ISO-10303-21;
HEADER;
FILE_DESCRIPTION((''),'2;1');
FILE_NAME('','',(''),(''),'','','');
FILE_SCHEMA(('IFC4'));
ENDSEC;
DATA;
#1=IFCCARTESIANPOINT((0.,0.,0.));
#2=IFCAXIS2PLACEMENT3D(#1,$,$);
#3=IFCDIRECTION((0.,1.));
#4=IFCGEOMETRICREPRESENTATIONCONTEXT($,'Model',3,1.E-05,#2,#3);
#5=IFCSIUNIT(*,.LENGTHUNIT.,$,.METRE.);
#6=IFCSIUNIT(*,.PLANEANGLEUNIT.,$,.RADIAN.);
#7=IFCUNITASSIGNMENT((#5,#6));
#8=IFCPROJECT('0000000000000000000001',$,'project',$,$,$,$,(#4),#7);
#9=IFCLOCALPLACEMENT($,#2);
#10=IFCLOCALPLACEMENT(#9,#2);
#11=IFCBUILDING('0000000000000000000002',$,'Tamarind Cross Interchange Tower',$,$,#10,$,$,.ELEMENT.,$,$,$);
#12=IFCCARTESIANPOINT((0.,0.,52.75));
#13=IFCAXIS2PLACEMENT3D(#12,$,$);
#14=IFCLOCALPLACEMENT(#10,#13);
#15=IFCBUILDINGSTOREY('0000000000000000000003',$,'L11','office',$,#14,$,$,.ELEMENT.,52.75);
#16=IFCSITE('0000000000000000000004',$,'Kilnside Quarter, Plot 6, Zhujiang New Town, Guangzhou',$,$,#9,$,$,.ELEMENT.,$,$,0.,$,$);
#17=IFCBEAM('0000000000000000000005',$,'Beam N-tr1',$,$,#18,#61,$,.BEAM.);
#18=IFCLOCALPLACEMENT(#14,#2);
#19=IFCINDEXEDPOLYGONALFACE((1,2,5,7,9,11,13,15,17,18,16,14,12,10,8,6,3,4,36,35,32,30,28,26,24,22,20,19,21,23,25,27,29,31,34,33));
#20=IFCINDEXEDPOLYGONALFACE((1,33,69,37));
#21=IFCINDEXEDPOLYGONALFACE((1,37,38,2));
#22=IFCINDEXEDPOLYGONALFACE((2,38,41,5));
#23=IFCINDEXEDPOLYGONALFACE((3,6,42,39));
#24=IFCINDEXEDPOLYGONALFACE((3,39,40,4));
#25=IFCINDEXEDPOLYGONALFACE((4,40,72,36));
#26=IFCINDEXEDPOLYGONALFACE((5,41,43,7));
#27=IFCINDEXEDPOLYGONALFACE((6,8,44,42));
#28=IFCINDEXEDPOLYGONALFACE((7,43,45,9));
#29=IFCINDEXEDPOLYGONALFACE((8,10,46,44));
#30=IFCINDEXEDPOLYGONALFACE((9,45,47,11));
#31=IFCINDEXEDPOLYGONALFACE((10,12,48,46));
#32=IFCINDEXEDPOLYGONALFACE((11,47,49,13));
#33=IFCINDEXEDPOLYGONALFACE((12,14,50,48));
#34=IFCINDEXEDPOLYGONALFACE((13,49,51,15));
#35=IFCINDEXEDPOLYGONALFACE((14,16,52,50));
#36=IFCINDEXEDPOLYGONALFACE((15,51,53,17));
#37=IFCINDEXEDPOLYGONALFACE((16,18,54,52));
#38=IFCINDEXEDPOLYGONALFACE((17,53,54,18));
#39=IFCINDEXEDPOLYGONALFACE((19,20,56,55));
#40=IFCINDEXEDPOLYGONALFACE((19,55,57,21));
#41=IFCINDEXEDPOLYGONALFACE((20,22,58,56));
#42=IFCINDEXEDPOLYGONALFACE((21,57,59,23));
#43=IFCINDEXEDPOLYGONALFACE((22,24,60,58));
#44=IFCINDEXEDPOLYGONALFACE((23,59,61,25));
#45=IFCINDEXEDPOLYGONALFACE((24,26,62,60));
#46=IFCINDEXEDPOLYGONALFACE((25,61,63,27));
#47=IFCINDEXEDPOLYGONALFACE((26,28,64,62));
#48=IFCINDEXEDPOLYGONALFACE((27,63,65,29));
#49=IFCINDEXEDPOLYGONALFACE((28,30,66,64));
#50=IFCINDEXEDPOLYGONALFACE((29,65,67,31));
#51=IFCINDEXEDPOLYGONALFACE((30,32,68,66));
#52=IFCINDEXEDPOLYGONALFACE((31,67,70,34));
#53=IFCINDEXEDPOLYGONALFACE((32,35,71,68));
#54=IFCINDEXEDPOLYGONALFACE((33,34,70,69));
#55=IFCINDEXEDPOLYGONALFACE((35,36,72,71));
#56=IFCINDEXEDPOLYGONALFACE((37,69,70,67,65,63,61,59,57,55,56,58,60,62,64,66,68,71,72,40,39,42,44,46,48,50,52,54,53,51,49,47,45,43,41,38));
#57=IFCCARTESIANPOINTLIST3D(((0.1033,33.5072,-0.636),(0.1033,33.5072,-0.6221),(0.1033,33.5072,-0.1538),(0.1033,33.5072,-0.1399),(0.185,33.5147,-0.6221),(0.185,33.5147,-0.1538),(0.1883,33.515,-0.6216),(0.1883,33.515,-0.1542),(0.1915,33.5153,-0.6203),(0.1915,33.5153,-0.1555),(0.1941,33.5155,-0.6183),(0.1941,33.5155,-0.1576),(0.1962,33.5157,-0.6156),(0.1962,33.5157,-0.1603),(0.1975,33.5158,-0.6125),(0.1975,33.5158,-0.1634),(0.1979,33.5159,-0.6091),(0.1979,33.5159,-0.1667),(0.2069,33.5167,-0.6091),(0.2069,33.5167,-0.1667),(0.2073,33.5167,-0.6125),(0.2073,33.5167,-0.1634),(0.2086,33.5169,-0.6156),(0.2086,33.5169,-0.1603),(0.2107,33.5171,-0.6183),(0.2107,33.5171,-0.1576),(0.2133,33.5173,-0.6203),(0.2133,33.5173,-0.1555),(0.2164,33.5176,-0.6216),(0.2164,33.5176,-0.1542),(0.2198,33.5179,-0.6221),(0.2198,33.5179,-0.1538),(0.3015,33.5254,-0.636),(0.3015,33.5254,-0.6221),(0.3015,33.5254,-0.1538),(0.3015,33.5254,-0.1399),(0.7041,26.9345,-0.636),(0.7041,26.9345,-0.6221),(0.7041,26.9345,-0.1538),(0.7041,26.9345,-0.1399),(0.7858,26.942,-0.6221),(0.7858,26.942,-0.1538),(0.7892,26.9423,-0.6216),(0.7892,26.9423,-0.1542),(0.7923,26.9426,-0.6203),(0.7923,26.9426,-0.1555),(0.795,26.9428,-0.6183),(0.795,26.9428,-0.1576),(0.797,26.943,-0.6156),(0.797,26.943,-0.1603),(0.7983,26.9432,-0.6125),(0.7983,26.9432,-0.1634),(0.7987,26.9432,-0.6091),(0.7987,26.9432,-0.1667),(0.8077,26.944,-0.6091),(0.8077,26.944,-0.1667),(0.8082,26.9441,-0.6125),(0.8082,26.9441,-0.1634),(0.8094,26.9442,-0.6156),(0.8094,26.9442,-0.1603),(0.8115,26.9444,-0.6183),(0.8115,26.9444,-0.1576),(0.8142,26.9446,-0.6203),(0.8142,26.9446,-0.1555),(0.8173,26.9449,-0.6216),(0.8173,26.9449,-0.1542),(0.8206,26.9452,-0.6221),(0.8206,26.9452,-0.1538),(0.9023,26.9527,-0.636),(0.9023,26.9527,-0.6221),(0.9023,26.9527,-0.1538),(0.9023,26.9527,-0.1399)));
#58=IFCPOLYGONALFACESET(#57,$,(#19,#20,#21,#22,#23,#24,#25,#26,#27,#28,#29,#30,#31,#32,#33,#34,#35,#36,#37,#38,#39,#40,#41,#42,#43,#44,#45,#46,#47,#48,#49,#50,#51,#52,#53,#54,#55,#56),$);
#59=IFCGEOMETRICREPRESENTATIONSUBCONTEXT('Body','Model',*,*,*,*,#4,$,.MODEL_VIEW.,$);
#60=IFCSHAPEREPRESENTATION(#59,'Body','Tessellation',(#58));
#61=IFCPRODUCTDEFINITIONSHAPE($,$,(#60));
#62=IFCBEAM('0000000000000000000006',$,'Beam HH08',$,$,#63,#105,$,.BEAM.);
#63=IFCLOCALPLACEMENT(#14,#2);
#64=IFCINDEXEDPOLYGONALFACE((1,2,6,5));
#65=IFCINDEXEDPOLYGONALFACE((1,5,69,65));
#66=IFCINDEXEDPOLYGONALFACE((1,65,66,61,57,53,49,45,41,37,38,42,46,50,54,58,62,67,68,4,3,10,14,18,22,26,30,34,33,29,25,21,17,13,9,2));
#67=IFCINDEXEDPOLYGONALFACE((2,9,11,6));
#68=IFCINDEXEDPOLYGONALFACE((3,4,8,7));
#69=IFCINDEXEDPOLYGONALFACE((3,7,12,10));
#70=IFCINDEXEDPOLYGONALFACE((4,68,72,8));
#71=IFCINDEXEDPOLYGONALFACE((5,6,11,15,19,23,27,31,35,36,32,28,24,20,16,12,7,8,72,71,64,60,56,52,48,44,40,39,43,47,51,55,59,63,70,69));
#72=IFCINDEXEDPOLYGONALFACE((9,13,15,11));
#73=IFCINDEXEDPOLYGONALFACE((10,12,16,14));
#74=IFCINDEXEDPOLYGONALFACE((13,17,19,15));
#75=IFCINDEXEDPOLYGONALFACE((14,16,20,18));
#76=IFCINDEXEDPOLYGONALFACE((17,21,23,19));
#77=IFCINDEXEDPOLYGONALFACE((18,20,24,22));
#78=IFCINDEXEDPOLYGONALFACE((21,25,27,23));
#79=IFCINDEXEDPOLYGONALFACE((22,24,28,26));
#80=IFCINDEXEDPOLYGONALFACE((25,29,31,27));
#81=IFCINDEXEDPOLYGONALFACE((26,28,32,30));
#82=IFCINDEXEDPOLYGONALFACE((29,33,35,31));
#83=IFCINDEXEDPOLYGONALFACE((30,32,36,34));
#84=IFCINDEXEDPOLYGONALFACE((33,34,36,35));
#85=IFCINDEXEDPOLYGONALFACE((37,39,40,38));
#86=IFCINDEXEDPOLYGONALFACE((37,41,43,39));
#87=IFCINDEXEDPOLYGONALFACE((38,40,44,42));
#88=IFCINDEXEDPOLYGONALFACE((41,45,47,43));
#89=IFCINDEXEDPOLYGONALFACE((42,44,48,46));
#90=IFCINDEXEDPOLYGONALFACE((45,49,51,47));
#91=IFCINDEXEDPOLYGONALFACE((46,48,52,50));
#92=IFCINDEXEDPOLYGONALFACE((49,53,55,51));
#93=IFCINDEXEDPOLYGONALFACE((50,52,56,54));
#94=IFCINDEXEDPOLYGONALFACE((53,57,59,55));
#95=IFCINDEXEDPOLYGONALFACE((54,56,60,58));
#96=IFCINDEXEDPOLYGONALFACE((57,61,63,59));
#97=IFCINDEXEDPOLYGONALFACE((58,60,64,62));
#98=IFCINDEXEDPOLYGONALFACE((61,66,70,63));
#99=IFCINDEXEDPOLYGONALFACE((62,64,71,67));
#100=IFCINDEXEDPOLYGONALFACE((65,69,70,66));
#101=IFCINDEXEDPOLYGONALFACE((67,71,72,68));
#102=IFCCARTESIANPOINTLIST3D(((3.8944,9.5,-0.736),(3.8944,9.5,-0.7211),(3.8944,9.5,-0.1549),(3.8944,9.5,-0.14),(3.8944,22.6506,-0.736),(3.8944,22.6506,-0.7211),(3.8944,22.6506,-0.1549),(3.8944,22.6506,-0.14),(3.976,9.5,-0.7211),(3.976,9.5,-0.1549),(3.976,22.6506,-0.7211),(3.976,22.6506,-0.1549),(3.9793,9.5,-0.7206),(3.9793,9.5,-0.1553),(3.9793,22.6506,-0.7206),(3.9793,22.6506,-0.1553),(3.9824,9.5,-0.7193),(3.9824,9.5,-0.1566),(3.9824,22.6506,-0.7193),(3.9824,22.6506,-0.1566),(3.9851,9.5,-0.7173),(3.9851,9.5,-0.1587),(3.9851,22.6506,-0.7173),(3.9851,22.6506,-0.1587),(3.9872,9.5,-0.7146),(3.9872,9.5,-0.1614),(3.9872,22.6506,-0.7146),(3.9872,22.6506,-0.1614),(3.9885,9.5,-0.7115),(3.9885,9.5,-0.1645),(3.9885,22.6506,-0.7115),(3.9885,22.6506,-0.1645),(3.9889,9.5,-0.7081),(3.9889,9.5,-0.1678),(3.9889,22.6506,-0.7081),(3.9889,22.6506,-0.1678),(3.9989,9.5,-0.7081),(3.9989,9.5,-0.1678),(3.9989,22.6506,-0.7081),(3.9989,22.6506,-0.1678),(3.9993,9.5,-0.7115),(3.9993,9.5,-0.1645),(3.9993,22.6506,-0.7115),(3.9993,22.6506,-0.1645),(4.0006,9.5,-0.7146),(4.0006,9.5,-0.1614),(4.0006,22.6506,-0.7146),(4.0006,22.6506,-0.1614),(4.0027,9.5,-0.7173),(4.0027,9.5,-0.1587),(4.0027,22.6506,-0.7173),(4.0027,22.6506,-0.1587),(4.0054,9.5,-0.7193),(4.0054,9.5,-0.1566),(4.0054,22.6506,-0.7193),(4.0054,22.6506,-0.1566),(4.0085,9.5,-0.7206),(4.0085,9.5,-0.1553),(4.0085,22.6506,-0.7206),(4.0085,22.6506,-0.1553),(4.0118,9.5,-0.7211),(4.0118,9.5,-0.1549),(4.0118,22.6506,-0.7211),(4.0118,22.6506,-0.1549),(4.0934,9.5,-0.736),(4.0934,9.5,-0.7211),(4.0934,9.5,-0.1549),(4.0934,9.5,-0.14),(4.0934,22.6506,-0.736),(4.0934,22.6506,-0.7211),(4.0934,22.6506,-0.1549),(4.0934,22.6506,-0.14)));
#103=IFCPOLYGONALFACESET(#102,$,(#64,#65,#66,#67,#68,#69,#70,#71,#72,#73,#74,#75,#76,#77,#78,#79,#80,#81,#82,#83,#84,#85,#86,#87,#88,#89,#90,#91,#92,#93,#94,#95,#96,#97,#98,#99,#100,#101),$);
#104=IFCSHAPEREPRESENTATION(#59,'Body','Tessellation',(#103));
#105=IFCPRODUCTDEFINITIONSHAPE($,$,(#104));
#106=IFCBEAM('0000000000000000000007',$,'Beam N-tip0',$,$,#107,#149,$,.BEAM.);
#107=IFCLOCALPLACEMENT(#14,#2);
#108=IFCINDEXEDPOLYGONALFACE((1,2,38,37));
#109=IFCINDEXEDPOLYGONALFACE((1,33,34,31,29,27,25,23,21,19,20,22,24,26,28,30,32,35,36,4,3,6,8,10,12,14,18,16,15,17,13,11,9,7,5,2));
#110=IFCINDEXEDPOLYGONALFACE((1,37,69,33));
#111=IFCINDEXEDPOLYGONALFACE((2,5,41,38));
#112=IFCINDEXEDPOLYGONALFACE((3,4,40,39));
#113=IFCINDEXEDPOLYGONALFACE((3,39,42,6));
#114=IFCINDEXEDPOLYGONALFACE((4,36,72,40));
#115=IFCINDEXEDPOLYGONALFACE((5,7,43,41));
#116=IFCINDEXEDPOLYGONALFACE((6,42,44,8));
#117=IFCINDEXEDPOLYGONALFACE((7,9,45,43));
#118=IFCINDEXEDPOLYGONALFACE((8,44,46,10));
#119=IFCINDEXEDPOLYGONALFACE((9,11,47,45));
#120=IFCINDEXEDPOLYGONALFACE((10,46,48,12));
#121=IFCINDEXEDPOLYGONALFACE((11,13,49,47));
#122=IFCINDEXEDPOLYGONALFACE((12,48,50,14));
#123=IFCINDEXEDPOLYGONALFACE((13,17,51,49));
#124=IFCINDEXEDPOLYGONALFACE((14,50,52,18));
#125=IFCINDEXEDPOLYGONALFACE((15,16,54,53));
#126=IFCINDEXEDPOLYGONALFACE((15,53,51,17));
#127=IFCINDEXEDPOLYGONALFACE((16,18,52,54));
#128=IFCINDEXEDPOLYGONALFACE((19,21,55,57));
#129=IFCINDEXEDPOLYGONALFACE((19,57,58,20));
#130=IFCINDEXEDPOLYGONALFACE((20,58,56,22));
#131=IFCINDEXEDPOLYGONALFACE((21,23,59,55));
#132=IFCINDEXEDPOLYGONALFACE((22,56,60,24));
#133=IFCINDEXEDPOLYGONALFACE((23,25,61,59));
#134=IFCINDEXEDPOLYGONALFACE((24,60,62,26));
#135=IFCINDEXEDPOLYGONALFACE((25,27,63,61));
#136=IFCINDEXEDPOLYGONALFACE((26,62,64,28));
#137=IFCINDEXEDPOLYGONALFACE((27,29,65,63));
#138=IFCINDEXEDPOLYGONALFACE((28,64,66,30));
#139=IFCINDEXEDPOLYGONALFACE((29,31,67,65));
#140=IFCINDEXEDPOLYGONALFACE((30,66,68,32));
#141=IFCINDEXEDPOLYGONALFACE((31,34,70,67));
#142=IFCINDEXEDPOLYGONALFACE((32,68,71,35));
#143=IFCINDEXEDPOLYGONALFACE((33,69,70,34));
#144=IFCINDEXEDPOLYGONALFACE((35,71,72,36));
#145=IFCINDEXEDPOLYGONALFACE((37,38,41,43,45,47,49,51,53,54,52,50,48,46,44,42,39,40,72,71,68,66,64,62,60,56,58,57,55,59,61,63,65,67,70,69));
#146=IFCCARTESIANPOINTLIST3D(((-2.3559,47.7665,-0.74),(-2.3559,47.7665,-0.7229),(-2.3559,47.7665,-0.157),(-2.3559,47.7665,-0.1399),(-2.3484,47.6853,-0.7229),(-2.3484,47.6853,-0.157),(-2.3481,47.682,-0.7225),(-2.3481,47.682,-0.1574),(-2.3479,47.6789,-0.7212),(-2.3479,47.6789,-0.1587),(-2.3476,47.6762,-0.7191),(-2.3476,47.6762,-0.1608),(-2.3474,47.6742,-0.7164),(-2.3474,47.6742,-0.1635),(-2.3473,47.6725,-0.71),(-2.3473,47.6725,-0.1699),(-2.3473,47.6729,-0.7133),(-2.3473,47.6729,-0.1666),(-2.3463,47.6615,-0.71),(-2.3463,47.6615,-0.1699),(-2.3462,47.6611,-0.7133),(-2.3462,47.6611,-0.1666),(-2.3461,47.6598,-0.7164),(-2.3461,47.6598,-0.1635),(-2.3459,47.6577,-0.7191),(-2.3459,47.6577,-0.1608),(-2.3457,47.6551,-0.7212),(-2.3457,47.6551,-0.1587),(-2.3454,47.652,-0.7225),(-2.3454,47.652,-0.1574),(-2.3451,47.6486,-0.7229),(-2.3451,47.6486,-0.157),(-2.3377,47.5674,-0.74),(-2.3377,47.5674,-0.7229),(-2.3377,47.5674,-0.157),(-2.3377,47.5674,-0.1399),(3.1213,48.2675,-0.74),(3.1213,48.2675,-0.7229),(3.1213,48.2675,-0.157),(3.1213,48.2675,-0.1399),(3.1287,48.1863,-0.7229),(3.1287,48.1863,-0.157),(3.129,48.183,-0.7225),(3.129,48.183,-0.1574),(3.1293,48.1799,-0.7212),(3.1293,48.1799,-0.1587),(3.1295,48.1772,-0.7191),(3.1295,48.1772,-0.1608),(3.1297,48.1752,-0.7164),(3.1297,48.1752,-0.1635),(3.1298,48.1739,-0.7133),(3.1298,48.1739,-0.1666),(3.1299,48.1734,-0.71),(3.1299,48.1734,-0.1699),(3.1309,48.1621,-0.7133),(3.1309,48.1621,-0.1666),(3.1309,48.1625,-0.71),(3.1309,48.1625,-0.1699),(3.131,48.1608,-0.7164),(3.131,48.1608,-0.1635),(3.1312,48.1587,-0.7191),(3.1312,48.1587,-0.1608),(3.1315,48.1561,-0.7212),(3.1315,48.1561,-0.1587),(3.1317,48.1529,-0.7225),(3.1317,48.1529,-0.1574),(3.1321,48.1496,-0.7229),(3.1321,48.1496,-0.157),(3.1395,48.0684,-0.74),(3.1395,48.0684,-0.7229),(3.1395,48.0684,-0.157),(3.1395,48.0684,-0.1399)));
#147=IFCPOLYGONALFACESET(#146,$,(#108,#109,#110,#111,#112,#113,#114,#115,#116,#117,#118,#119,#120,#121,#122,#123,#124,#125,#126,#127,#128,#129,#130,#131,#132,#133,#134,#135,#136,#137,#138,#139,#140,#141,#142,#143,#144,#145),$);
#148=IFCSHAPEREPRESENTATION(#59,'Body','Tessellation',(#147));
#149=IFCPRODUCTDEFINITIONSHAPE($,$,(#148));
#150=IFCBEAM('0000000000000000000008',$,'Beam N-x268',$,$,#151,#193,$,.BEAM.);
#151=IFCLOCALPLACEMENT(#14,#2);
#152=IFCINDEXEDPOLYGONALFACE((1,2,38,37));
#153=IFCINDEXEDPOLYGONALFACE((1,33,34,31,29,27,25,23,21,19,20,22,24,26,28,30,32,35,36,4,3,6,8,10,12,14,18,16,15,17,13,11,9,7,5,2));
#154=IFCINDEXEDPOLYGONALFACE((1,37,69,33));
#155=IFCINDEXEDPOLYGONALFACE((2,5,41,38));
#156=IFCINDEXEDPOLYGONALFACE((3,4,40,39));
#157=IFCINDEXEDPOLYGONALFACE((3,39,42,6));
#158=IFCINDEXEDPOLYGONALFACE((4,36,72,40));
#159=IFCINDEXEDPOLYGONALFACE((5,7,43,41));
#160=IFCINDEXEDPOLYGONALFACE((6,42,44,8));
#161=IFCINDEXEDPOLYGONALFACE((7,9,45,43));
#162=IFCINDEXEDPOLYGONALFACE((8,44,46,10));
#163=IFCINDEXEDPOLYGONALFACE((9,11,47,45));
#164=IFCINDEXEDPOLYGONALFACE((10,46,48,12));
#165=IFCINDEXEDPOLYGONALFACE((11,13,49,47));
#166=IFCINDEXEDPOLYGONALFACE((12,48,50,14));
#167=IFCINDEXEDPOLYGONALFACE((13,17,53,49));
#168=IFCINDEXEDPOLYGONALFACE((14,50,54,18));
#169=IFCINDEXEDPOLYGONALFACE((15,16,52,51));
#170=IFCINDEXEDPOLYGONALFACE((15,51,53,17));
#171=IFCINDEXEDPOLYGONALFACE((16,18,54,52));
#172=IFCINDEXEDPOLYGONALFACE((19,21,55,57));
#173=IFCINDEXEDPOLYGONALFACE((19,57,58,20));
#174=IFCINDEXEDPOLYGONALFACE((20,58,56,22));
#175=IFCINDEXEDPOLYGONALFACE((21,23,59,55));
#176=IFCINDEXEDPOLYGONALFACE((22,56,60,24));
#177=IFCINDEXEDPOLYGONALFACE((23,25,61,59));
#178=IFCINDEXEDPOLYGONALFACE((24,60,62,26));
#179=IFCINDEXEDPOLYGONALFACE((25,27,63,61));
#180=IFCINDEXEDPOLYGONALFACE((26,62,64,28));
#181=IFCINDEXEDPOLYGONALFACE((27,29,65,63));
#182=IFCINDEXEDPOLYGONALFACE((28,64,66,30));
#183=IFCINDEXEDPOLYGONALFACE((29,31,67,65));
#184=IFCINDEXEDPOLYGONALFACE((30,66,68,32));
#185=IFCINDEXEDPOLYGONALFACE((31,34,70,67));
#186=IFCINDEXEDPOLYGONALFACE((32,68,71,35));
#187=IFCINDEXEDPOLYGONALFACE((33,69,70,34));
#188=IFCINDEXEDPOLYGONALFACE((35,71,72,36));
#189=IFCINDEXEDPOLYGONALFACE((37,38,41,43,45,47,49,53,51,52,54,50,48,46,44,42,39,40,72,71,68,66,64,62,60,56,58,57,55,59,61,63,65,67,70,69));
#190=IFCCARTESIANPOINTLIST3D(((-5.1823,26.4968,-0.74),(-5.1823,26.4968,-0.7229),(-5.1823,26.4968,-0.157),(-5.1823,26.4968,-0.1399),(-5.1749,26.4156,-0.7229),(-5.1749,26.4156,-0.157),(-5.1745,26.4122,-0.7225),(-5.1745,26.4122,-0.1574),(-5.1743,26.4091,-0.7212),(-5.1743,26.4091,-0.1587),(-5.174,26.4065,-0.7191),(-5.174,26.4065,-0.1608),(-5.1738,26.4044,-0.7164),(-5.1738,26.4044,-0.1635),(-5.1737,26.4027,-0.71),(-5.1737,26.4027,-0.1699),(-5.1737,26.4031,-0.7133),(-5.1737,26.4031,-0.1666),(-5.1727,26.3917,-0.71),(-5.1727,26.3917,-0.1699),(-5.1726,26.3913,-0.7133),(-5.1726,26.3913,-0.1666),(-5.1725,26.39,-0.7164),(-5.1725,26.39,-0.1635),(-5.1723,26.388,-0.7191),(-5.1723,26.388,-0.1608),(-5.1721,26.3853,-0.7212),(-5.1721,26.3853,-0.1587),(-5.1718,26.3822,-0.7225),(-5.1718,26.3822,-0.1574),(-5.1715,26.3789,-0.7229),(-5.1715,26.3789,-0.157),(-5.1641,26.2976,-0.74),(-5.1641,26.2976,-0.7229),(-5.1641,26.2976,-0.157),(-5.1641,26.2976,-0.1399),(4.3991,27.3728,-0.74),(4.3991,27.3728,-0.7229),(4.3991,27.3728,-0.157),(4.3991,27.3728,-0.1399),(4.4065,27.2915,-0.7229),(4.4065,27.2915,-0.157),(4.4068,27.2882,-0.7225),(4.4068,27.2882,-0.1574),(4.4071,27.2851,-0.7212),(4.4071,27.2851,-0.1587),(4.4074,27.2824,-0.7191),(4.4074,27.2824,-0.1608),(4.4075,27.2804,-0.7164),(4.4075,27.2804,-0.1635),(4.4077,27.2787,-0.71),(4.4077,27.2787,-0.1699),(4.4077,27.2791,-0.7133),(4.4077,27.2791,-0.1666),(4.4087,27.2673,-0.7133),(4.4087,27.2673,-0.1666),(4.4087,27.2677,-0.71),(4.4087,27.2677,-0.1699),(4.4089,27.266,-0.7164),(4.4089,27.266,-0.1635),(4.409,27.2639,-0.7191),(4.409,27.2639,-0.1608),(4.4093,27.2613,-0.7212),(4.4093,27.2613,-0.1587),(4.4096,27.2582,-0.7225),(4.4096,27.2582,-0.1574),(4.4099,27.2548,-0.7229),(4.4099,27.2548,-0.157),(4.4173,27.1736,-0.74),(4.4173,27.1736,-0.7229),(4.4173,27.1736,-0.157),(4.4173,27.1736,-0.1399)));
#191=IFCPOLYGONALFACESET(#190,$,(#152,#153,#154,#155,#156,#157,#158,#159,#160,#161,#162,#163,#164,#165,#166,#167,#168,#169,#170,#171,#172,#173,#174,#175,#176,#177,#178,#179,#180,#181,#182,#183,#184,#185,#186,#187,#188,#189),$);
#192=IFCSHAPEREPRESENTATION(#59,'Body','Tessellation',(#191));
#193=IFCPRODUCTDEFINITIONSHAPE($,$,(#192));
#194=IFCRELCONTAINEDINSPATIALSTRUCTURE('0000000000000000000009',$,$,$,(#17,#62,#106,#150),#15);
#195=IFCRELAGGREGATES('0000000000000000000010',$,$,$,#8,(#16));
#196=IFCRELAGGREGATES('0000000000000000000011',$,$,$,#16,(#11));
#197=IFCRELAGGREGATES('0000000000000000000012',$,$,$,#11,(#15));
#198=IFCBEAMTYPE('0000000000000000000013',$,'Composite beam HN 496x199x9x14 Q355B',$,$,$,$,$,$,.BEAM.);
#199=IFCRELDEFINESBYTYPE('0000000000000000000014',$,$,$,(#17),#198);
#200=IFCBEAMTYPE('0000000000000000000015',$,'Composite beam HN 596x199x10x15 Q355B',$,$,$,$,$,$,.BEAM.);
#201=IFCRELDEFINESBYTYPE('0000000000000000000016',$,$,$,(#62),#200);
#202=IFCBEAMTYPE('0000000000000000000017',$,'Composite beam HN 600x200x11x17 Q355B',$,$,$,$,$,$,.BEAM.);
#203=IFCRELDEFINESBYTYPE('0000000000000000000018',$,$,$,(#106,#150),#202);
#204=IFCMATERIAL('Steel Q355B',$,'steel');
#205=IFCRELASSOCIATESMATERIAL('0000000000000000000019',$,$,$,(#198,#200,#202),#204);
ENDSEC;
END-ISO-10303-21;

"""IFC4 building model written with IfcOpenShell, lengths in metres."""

from ifc_helpers import new_model, si_unit, direction, frame, origin, origin_2d, place, context, subcontext, project, spatial, i_section, extrude, material, material_profile, profile_set, type_object, element, save


model = new_model("IFC4")

# Units and contexts
model_context = context("Model", 3, precision=1e-05, world=origin(), true_north=direction((0.0, 1.0)))
body_context = subcontext(model_context, "Body", "Model", "MODEL_VIEW")
ifc_project = project(units=[si_unit("LENGTHUNIT", "METRE"), si_unit("PLANEANGLEUNIT", "RADIAN")], contexts=[model_context])

# Site, building, storey
site_placement = place(None, origin())
site = spatial("IfcSite", under=ifc_project, at=site_placement, Name="Kilnside Quarter, Plot 6, Zhujiang New Town, Guangzhou", CompositionType="ELEMENT", RefElevation=0.0)
building_placement = place(site_placement, origin())
building = spatial("IfcBuilding", under=site, at=building_placement, Name="Tamarind Cross Interchange Tower", CompositionType="ELEMENT")
storey_placement = place(building_placement, frame((0.0, 0.0, 52.75)))
storey = spatial("IfcBuildingStorey", under=building, at=storey_placement, Name="L11", Description="office", CompositionType="ELEMENT", Elevation=52.75)

# Beams
ifc_material_1 = material(Name="Steel Q355B", Category="steel")
ifc_material_profile_1 = material_profile(ifc_material_1, i_section(OverallWidth=0.199, OverallDepth=0.4961, WebThickness=0.009, FlangeThickness=0.0139, FilletRadius=0.0129, at=origin_2d()), Name="HN 496x199x9x14")
ifc_profile_set_1 = profile_set([ifc_material_profile_1], Name="Steel Q355B")
beam_type_1 = type_object("IfcBeamType", Name="Composite beam HN 496x199x9x14 Q355B", PredefinedType="BEAM", material=ifc_profile_set_1)
beam_1_placement = place(storey_placement, frame((0.8032, 26.9436, -0.3879), z_axis=(-0.091033, 0.995848, 0.0), x_axis=(-0.995848, -0.091033, 0.0)))
element("IfcBeam", 1, at=beam_1_placement, inside=storey, type_object=beam_type_1, Name="Beam N-tr1", PredefinedType="BEAM", context=body_context, shape_type="SweptSolid", body=[
    extrude(i_section(OverallWidth=0.199, OverallDepth=0.4961, WebThickness=0.009, FlangeThickness=0.0139, FilletRadius=0.0129, at=origin_2d()), origin(), (0.0, 0.0, 1.0), 6.6001),
])
ifc_material_profile_2 = material_profile(ifc_material_1, i_section(OverallWidth=0.199, OverallDepth=0.5959, WebThickness=0.01, FlangeThickness=0.0149, FilletRadius=0.0129, at=origin_2d()), Name="HN 596x199x10x15")
ifc_profile_set_2 = profile_set([ifc_material_profile_2], Name="Steel Q355B")
beam_type_2 = type_object("IfcBeamType", Name="Composite beam HN 596x199x10x15 Q355B", PredefinedType="BEAM", material=ifc_profile_set_2)
beam_2_placement = place(storey_placement, frame((3.9939, 22.6506, -0.438), z_axis=(0.0, -1.0, 0.0), x_axis=(1.0, 0.0, 0.0)))
element("IfcBeam", 2, at=beam_2_placement, inside=storey, type_object=beam_type_2, Name="Beam HH08", PredefinedType="BEAM", context=body_context, shape_type="SweptSolid", body=[
    extrude(i_section(OverallWidth=0.199, OverallDepth=0.5959, WebThickness=0.01, FlangeThickness=0.0149, FilletRadius=0.0129, at=origin_2d()), origin(), (0.0, 0.0, 1.0), 13.1506),
])
ifc_material_profile_3 = material_profile(ifc_material_1, i_section(OverallWidth=0.2, OverallDepth=0.6001, WebThickness=0.011, FlangeThickness=0.0171, FilletRadius=0.0129, at=origin_2d()), Name="HN 600x200x11x17")
ifc_profile_set_3 = profile_set([ifc_material_profile_3], Name="Steel Q355B")
beam_type_3 = type_object("IfcBeamType", Name="Composite beam HN 600x200x11x17 Q355B", PredefinedType="BEAM", material=ifc_profile_set_3)
beam_3_placement = place(storey_placement, frame((3.1304, 48.168, -0.4399), z_axis=(-0.995843, -0.091088, 0.0), x_axis=(0.091088, -0.995843, 0.0)))
element("IfcBeam", 3, at=beam_3_placement, inside=storey, type_object=beam_type_3, Name="Beam N-tip0", PredefinedType="BEAM", context=body_context, shape_type="SweptSolid", body=[
    extrude(i_section(OverallWidth=0.2, OverallDepth=0.6001, WebThickness=0.011, FlangeThickness=0.0171, FilletRadius=0.0129, at=origin_2d()), origin(), (0.0, 0.0, 1.0), 5.5),
])
beam_4_placement = place(storey_placement, frame((4.4082, 27.2732, -0.4399), z_axis=(-0.995847, -0.091046, 0.0), x_axis=(0.091046, -0.995847, 0.0)))
element("IfcBeam", 4, at=beam_4_placement, inside=storey, type_object=beam_type_3, Name="Beam N-x268", PredefinedType="BEAM", context=body_context, shape_type="SweptSolid", body=[
    extrude(i_section(OverallWidth=0.2, OverallDepth=0.6001, WebThickness=0.011, FlangeThickness=0.0171, FilletRadius=0.0129, at=origin_2d()), origin(), (0.0, 0.0, 1.0), 9.6213),
])

save(model, "model.ifc")
